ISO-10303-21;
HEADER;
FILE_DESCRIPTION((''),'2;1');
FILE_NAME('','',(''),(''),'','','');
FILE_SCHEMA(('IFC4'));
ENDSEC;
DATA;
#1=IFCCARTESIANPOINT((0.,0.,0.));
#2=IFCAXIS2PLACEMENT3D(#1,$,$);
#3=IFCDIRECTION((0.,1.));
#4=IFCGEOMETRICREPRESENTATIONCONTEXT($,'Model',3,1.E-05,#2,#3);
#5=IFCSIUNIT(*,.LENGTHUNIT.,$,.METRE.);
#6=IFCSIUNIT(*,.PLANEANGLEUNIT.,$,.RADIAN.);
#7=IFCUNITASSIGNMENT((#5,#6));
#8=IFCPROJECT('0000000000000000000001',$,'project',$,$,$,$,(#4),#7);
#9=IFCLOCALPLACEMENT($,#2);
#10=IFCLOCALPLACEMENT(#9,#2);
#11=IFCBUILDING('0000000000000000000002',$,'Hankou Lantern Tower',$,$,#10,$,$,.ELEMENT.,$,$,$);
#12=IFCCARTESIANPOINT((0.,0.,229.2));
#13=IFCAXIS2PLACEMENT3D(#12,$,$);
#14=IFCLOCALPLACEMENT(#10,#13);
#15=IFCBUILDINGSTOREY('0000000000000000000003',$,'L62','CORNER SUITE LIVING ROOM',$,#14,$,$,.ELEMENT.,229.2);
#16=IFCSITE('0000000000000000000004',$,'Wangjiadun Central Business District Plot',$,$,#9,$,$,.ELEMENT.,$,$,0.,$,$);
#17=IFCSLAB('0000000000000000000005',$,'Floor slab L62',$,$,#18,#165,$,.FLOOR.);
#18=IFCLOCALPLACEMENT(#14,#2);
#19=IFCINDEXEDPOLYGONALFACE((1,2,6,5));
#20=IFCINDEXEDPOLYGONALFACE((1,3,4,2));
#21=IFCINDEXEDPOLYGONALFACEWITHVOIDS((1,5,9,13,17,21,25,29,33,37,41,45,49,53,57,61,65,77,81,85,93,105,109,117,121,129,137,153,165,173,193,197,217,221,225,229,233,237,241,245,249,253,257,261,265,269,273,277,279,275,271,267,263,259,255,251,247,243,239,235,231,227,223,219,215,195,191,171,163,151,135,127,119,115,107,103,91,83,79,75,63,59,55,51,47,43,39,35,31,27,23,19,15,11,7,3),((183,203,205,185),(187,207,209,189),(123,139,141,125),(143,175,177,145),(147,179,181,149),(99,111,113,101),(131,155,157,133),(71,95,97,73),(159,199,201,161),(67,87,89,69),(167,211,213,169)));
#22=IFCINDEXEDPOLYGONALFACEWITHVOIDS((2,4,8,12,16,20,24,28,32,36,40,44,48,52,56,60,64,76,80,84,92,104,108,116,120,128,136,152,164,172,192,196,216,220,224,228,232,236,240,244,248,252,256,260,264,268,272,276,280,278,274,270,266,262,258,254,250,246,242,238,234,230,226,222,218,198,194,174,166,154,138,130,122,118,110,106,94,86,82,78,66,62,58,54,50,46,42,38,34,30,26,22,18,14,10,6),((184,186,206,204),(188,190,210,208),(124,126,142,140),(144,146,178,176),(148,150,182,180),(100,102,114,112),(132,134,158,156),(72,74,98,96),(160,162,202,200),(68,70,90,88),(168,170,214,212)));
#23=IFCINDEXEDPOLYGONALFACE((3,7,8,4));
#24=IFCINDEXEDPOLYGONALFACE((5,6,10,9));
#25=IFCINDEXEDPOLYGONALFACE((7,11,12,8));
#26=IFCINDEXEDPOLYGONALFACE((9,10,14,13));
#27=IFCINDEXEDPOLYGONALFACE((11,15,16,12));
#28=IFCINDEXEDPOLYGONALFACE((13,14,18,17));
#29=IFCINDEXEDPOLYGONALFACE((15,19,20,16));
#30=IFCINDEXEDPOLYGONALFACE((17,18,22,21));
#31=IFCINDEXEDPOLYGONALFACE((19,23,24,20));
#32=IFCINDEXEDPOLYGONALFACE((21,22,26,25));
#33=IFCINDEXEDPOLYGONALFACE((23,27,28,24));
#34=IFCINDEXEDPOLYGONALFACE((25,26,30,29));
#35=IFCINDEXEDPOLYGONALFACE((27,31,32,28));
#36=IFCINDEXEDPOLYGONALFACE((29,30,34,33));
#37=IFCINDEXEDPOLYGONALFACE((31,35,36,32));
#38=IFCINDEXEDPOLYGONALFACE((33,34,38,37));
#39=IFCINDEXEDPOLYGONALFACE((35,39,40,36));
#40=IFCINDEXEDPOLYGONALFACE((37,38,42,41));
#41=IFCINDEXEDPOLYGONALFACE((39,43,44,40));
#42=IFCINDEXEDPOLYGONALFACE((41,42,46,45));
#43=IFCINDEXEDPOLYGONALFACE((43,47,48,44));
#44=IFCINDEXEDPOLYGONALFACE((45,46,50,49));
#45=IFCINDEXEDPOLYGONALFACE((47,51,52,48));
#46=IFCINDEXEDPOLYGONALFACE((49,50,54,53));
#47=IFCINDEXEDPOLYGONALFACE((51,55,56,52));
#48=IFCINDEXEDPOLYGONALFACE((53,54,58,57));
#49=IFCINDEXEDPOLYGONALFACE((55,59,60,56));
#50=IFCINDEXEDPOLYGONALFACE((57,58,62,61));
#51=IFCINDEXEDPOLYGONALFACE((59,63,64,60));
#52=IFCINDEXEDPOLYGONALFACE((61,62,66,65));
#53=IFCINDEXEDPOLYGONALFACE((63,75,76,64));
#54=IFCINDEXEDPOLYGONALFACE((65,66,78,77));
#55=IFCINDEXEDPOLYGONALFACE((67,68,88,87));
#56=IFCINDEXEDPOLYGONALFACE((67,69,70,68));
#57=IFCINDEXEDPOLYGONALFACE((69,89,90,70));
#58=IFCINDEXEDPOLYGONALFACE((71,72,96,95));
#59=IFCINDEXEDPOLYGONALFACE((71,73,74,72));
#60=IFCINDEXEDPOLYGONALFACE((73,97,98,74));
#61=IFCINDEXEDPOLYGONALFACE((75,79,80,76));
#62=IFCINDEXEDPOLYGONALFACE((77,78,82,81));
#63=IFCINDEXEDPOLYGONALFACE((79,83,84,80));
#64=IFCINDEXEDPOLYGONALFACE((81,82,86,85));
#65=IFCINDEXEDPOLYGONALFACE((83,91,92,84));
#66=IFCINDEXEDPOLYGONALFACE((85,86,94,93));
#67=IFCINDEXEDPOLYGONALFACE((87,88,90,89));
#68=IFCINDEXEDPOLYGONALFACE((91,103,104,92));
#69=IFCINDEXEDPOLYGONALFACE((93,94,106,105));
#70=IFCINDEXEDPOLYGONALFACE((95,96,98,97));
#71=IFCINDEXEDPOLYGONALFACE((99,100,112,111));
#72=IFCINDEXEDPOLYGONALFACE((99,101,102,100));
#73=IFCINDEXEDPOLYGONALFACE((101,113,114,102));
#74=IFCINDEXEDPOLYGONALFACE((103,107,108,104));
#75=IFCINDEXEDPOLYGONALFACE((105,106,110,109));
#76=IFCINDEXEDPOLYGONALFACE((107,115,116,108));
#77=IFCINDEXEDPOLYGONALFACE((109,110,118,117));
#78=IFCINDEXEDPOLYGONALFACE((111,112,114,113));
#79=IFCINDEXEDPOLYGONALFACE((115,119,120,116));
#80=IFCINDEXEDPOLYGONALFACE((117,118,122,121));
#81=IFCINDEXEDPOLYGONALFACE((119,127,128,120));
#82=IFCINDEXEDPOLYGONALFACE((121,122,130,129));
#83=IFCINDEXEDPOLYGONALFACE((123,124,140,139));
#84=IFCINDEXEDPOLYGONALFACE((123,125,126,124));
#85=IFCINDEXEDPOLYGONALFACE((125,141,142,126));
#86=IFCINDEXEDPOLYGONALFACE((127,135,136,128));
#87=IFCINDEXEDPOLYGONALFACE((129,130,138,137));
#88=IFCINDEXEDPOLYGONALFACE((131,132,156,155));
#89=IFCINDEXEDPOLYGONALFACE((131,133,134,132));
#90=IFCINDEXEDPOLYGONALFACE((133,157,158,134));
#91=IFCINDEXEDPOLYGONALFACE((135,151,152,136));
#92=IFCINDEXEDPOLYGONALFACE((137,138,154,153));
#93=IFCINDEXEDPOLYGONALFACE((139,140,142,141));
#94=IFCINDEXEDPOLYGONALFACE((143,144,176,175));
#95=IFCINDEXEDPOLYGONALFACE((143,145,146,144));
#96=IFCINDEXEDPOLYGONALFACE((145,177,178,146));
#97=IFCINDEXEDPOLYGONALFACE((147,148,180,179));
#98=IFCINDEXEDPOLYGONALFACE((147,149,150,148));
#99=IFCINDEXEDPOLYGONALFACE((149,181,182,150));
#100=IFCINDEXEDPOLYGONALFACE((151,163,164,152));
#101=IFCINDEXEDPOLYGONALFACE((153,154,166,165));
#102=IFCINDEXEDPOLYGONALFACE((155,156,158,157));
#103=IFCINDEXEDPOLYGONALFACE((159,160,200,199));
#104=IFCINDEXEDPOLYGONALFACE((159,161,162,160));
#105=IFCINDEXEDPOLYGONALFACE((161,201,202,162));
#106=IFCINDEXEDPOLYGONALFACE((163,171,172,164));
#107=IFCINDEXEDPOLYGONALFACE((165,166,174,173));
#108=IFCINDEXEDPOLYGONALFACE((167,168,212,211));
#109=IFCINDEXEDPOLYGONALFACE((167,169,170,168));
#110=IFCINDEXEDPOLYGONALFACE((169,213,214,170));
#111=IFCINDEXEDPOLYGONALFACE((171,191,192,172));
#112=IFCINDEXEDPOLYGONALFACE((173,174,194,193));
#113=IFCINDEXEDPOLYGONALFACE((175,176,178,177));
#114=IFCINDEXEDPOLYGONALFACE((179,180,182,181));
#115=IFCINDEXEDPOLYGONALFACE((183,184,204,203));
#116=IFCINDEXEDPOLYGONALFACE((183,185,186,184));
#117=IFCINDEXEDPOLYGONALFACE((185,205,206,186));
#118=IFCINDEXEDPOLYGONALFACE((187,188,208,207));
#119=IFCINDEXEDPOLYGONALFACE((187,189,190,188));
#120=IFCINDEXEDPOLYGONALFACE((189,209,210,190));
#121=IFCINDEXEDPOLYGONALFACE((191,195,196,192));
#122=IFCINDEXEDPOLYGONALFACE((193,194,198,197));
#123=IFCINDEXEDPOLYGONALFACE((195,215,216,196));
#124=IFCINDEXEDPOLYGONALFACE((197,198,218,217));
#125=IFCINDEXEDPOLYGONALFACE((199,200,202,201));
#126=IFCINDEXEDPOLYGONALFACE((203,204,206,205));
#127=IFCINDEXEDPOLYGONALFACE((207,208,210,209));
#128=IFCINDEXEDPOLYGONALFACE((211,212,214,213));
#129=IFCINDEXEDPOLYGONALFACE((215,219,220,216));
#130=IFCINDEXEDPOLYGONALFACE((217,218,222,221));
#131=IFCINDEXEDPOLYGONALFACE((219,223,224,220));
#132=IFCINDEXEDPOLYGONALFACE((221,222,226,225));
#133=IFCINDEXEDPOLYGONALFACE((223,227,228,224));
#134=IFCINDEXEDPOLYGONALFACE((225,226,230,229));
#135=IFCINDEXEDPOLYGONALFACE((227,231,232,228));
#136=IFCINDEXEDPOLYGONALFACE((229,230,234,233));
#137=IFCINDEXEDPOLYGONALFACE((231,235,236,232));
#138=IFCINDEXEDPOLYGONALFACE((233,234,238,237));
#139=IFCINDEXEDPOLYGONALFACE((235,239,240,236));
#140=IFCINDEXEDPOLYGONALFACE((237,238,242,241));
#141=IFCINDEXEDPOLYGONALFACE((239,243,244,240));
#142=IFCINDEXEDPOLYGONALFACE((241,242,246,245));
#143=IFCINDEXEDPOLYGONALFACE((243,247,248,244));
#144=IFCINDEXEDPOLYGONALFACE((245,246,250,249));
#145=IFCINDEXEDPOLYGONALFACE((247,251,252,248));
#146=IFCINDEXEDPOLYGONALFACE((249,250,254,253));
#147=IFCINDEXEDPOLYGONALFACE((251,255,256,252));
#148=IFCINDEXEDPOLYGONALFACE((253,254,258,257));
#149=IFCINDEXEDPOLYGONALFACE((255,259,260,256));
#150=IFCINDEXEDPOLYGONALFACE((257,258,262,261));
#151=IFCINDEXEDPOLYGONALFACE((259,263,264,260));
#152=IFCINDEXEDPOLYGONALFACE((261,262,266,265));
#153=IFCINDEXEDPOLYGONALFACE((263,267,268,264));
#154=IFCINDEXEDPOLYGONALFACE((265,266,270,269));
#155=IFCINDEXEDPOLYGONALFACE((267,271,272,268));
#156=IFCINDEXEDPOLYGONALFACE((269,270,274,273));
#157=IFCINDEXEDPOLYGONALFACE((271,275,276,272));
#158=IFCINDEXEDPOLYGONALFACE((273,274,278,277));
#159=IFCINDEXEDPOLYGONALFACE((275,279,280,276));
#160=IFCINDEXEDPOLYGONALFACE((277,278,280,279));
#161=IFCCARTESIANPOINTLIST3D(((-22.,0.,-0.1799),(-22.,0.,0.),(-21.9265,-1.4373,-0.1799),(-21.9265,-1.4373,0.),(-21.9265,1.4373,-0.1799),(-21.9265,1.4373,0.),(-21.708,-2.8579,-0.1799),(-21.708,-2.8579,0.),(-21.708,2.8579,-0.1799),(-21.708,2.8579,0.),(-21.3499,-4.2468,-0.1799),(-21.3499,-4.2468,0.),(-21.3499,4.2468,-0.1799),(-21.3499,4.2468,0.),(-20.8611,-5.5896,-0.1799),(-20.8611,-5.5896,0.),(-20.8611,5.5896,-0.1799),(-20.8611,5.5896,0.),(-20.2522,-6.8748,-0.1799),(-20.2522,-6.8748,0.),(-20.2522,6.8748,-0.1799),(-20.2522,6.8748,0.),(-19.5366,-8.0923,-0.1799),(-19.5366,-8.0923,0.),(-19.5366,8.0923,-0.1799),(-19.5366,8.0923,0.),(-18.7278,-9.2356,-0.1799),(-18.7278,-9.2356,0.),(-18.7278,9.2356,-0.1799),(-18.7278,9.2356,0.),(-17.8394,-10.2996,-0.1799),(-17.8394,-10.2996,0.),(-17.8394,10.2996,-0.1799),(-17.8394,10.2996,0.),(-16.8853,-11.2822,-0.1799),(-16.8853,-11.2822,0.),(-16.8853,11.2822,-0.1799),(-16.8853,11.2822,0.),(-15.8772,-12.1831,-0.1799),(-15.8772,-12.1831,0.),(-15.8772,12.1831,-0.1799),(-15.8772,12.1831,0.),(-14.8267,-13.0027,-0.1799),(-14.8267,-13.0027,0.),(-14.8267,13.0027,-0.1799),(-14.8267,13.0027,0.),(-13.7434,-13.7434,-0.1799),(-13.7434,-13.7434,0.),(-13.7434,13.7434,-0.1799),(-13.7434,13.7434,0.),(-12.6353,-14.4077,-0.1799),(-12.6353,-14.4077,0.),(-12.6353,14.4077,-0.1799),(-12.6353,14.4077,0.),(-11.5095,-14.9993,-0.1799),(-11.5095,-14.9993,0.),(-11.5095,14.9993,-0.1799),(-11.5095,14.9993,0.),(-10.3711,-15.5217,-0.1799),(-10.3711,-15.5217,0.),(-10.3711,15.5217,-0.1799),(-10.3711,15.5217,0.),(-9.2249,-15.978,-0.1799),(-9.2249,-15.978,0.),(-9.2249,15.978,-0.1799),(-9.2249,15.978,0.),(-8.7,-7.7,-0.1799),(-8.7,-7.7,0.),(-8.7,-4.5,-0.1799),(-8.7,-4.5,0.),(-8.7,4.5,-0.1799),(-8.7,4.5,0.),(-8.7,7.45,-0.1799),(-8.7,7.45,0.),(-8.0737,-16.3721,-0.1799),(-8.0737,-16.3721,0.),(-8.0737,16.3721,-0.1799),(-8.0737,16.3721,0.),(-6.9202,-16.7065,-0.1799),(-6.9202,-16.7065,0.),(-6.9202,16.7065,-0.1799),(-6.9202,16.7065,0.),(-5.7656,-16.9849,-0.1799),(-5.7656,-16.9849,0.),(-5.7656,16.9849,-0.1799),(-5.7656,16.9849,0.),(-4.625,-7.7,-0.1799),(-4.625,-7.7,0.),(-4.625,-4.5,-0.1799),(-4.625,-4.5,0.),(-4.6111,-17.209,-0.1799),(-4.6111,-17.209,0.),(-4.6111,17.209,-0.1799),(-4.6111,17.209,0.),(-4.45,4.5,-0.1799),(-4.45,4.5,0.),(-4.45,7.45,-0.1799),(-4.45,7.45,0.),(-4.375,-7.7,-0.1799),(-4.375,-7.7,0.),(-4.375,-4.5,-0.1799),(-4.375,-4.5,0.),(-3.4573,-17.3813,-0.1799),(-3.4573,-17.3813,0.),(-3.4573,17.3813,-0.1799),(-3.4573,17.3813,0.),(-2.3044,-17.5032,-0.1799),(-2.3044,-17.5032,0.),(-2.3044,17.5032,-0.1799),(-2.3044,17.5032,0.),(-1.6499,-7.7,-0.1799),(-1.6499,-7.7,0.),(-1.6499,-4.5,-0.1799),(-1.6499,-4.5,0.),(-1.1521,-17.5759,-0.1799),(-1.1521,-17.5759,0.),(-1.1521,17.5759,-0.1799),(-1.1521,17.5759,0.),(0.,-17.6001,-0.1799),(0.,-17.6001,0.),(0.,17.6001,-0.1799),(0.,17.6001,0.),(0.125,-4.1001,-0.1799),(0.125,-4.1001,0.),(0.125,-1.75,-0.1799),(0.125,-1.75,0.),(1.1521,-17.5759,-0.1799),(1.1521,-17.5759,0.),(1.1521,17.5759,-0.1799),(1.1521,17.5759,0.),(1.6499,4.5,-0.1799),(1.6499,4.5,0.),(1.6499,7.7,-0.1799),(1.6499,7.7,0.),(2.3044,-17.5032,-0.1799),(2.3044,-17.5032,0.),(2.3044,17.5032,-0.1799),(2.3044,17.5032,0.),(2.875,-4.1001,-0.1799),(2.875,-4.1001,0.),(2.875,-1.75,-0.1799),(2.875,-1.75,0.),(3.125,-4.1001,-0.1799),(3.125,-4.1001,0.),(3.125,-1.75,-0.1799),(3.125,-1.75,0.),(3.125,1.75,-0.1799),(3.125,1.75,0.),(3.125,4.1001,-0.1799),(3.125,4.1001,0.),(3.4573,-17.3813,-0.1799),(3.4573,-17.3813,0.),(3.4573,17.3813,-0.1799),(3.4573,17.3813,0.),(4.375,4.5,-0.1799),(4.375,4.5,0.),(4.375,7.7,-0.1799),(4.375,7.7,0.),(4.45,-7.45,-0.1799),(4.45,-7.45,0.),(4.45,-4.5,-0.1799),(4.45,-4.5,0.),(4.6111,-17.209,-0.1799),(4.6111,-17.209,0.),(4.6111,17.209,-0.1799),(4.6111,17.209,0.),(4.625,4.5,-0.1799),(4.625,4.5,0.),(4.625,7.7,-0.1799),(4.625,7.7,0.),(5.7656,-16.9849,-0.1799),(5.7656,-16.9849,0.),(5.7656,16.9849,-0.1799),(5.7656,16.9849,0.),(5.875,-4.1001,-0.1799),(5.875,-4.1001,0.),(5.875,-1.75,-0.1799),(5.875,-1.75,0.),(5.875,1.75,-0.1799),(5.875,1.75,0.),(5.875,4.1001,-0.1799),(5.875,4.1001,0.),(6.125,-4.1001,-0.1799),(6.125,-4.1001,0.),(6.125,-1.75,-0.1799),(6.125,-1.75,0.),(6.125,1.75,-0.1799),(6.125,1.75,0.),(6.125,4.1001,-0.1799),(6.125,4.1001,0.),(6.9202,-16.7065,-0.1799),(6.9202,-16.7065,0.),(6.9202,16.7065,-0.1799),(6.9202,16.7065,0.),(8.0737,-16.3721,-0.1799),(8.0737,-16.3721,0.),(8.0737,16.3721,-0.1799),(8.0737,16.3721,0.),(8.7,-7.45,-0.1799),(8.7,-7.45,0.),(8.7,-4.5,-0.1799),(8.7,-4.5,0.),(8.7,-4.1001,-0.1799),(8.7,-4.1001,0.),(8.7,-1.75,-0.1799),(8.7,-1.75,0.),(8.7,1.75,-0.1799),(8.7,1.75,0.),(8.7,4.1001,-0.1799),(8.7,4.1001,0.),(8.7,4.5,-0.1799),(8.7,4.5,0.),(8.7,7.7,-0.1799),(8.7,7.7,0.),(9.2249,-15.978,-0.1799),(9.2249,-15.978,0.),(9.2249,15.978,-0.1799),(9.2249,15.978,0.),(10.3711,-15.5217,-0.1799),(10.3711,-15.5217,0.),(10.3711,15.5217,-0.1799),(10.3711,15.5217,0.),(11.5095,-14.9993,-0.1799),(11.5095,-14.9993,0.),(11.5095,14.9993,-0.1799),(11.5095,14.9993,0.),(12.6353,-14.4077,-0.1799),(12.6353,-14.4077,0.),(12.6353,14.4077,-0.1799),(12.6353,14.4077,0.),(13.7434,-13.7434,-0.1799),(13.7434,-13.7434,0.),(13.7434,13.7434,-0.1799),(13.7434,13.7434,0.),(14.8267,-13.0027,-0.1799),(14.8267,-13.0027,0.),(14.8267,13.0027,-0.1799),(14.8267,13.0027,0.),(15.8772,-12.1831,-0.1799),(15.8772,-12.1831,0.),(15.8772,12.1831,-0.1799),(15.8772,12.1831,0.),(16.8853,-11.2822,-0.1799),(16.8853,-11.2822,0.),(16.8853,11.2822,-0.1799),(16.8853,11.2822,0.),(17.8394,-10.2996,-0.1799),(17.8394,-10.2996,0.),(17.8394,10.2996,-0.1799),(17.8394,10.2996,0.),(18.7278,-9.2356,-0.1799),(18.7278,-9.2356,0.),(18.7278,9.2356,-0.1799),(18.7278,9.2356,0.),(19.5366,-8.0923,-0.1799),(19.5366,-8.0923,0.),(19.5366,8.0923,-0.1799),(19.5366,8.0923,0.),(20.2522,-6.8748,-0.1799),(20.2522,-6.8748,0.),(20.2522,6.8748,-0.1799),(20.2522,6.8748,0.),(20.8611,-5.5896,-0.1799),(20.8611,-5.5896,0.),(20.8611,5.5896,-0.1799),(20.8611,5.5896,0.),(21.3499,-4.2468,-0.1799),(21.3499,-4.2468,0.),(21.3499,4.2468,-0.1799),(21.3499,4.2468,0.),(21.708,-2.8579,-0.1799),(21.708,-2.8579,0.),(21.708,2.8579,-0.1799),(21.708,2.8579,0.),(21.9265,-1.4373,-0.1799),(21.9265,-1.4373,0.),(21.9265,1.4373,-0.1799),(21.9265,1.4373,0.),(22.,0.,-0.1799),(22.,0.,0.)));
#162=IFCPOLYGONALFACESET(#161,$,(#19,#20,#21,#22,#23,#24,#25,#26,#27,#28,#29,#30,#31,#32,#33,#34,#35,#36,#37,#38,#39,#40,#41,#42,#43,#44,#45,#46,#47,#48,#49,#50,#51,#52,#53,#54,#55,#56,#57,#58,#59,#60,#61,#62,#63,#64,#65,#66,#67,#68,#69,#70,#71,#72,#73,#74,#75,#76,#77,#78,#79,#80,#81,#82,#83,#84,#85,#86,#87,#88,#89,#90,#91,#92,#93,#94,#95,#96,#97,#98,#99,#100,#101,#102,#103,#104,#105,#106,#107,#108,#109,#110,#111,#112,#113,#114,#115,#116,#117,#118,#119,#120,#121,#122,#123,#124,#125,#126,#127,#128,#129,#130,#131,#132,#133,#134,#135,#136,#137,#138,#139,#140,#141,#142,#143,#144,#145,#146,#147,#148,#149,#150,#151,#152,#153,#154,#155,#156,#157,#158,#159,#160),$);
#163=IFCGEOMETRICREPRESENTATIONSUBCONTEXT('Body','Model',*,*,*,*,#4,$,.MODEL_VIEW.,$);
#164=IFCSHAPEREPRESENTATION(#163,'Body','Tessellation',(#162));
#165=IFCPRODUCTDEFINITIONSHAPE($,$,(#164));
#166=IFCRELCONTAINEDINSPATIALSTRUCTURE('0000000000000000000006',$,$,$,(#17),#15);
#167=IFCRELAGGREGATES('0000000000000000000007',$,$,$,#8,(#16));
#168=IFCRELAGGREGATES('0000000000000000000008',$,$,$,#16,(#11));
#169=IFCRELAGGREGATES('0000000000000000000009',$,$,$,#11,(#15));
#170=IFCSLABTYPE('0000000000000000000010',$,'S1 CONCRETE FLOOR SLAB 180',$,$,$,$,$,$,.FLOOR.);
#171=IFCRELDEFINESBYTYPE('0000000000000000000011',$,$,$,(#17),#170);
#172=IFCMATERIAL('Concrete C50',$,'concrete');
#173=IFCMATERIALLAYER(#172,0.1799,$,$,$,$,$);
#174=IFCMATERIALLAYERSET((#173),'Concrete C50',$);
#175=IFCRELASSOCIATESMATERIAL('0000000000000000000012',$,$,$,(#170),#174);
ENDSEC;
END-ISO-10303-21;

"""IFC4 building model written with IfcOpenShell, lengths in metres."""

from ifc_helpers import new_model, si_unit, direction, frame, origin, place, context, subcontext, project, spatial, polyline, outline, extrude, material, layer, layer_set, type_object, element, save


model = new_model("IFC4")

# Units and contexts
model_context = context("Model", 3, precision=1e-05, world=origin(), true_north=direction((0.0, 1.0)))
body_context = subcontext(model_context, "Body", "Model", "MODEL_VIEW")
ifc_project = project(units=[si_unit("LENGTHUNIT", "METRE"), si_unit("PLANEANGLEUNIT", "RADIAN")], contexts=[model_context])

# Site, building, storey
site_placement = place(None, origin())
site = spatial("IfcSite", under=ifc_project, at=site_placement, Name="Wangjiadun Central Business District Plot", CompositionType="ELEMENT", RefElevation=0.0)
building_placement = place(site_placement, origin())
building = spatial("IfcBuilding", under=site, at=building_placement, Name="Hankou Lantern Tower", CompositionType="ELEMENT")
storey_placement = place(building_placement, frame((0.0, 0.0, 229.2)))
storey = spatial("IfcBuildingStorey", under=building, at=storey_placement, Name="L62", Description="CORNER SUITE LIVING ROOM", CompositionType="ELEMENT", Elevation=229.2)

# Slab
ifc_material_1 = material(Name="Concrete C50", Category="concrete")
ifc_layer_1 = layer(ifc_material_1, 0.1799)
ifc_layer_set_1 = layer_set([ifc_layer_1], Name="Concrete C50")
slab_type = type_object("IfcSlabType", Name="S1 CONCRETE FLOOR SLAB 180", PredefinedType="FLOOR", material=ifc_layer_set_1)
slab_placement = place(storey_placement, frame((0.0, 0.0, -0.1799)))
element("IfcSlab", 1, at=slab_placement, inside=storey, type_object=slab_type, Name="Floor slab L62", PredefinedType="FLOOR", context=body_context, shape_type="SweptSolid", body=[
    extrude(outline(polyline([(22.0, 0.0), (21.9265, 1.4373), (21.708, 2.8579), (21.3499, 4.2468), (20.8611, 5.5896), (20.2522, 6.8748), (19.5366, 8.0923), (18.7278, 9.2356), (17.8394, 10.2996), (16.8853, 11.2822), (15.8772, 12.1831), (14.8267, 13.0027), (13.7434, 13.7434), (12.6353, 14.4077), (11.5095, 14.9993), (10.3711, 15.5217), (9.2249, 15.978), (8.0737, 16.3721), (6.9202, 16.7065), (5.7656, 16.9849), (4.6111, 17.209), (3.4573, 17.3813), (2.3044, 17.5032), (1.1521, 17.5759), (0.0, 17.6001), (-1.1521, 17.5759), (-2.3044, 17.5032), (-3.4573, 17.3813), (-4.6111, 17.209), (-5.7656, 16.9849), (-6.9202, 16.7065), (-8.0737, 16.3721), (-9.2249, 15.978), (-10.3711, 15.5217), (-11.5095, 14.9993), (-12.6353, 14.4077), (-13.7434, 13.7434), (-14.8267, 13.0027), (-15.8772, 12.1831), (-16.8853, 11.2822), (-17.8394, 10.2996), (-18.7278, 9.2356), (-19.5366, 8.0923), (-20.2522, 6.8748), (-20.8611, 5.5896), (-21.3499, 4.2468), (-21.708, 2.8579), (-21.9265, 1.4373), (-22.0, 0.0), (-21.9265, -1.4373), (-21.708, -2.8579), (-21.3499, -4.2468), (-20.8611, -5.5896), (-20.2522, -6.8748), (-19.5366, -8.0923), (-18.7278, -9.2356), (-17.8394, -10.2996), (-16.8853, -11.2822), (-15.8772, -12.1831), (-14.8267, -13.0027), (-13.7434, -13.7434), (-12.6353, -14.4077), (-11.5095, -14.9993), (-10.3711, -15.5217), (-9.2249, -15.978), (-8.0737, -16.3721), (-6.9202, -16.7065), (-5.7656, -16.9849), (-4.6111, -17.209), (-3.4573, -17.3813), (-2.3044, -17.5032), (-1.1521, -17.5759), (0.0, -17.6001), (1.1521, -17.5759), (2.3044, -17.5032), (3.4573, -17.3813), (4.6111, -17.209), (5.7656, -16.9849), (6.9202, -16.7065), (8.0737, -16.3721), (9.2249, -15.978), (10.3711, -15.5217), (11.5095, -14.9993), (12.6353, -14.4077), (13.7434, -13.7434), (14.8267, -13.0027), (15.8772, -12.1831), (16.8853, -11.2822), (17.8394, -10.2996), (18.7278, -9.2356), (19.5366, -8.0923), (20.2522, -6.8748), (20.8611, -5.5896), (21.3499, -4.2468), (21.708, -2.8579), (21.9265, -1.4373), (22.0, 0.0)]), holes=[polyline([(3.125, 4.1001), (5.875, 4.1001), (5.875, 1.75), (3.125, 1.75), (3.125, 4.1001)]), polyline([(6.125, 4.1001), (8.7, 4.1001), (8.7, 1.75), (6.125, 1.75), (6.125, 4.1001)]), polyline([(0.125, -1.75), (2.875, -1.75), (2.875, -4.1001), (0.125, -4.1001), (0.125, -1.75)]), polyline([(3.125, -1.75), (5.875, -1.75), (5.875, -4.1001), (3.125, -4.1001), (3.125, -1.75)]), polyline([(6.125, -1.75), (8.7, -1.75), (8.7, -4.1001), (6.125, -4.1001), (6.125, -1.75)]), polyline([(1.6499, 7.7), (4.375, 7.7), (4.375, 4.5), (1.6499, 4.5), (1.6499, 7.7)]), polyline([(-4.375, -4.5), (-1.6499, -4.5), (-1.6499, -7.7), (-4.375, -7.7), (-4.375, -4.5)]), polyline([(-8.7, 7.45), (-4.45, 7.45), (-4.45, 4.5), (-8.7, 4.5), (-8.7, 7.45)]), polyline([(4.45, -4.5), (8.7, -4.5), (8.7, -7.45), (4.45, -7.45), (4.45, -4.5)]), polyline([(4.625, 7.7), (8.7, 7.7), (8.7, 4.5), (4.625, 4.5), (4.625, 7.7)]), polyline([(-8.7, -4.5), (-4.625, -4.5), (-4.625, -7.7), (-8.7, -7.7), (-8.7, -4.5)])]), origin(), (0.0, 0.0, 1.0), 0.1799),
])

save(model, "model.ifc")
